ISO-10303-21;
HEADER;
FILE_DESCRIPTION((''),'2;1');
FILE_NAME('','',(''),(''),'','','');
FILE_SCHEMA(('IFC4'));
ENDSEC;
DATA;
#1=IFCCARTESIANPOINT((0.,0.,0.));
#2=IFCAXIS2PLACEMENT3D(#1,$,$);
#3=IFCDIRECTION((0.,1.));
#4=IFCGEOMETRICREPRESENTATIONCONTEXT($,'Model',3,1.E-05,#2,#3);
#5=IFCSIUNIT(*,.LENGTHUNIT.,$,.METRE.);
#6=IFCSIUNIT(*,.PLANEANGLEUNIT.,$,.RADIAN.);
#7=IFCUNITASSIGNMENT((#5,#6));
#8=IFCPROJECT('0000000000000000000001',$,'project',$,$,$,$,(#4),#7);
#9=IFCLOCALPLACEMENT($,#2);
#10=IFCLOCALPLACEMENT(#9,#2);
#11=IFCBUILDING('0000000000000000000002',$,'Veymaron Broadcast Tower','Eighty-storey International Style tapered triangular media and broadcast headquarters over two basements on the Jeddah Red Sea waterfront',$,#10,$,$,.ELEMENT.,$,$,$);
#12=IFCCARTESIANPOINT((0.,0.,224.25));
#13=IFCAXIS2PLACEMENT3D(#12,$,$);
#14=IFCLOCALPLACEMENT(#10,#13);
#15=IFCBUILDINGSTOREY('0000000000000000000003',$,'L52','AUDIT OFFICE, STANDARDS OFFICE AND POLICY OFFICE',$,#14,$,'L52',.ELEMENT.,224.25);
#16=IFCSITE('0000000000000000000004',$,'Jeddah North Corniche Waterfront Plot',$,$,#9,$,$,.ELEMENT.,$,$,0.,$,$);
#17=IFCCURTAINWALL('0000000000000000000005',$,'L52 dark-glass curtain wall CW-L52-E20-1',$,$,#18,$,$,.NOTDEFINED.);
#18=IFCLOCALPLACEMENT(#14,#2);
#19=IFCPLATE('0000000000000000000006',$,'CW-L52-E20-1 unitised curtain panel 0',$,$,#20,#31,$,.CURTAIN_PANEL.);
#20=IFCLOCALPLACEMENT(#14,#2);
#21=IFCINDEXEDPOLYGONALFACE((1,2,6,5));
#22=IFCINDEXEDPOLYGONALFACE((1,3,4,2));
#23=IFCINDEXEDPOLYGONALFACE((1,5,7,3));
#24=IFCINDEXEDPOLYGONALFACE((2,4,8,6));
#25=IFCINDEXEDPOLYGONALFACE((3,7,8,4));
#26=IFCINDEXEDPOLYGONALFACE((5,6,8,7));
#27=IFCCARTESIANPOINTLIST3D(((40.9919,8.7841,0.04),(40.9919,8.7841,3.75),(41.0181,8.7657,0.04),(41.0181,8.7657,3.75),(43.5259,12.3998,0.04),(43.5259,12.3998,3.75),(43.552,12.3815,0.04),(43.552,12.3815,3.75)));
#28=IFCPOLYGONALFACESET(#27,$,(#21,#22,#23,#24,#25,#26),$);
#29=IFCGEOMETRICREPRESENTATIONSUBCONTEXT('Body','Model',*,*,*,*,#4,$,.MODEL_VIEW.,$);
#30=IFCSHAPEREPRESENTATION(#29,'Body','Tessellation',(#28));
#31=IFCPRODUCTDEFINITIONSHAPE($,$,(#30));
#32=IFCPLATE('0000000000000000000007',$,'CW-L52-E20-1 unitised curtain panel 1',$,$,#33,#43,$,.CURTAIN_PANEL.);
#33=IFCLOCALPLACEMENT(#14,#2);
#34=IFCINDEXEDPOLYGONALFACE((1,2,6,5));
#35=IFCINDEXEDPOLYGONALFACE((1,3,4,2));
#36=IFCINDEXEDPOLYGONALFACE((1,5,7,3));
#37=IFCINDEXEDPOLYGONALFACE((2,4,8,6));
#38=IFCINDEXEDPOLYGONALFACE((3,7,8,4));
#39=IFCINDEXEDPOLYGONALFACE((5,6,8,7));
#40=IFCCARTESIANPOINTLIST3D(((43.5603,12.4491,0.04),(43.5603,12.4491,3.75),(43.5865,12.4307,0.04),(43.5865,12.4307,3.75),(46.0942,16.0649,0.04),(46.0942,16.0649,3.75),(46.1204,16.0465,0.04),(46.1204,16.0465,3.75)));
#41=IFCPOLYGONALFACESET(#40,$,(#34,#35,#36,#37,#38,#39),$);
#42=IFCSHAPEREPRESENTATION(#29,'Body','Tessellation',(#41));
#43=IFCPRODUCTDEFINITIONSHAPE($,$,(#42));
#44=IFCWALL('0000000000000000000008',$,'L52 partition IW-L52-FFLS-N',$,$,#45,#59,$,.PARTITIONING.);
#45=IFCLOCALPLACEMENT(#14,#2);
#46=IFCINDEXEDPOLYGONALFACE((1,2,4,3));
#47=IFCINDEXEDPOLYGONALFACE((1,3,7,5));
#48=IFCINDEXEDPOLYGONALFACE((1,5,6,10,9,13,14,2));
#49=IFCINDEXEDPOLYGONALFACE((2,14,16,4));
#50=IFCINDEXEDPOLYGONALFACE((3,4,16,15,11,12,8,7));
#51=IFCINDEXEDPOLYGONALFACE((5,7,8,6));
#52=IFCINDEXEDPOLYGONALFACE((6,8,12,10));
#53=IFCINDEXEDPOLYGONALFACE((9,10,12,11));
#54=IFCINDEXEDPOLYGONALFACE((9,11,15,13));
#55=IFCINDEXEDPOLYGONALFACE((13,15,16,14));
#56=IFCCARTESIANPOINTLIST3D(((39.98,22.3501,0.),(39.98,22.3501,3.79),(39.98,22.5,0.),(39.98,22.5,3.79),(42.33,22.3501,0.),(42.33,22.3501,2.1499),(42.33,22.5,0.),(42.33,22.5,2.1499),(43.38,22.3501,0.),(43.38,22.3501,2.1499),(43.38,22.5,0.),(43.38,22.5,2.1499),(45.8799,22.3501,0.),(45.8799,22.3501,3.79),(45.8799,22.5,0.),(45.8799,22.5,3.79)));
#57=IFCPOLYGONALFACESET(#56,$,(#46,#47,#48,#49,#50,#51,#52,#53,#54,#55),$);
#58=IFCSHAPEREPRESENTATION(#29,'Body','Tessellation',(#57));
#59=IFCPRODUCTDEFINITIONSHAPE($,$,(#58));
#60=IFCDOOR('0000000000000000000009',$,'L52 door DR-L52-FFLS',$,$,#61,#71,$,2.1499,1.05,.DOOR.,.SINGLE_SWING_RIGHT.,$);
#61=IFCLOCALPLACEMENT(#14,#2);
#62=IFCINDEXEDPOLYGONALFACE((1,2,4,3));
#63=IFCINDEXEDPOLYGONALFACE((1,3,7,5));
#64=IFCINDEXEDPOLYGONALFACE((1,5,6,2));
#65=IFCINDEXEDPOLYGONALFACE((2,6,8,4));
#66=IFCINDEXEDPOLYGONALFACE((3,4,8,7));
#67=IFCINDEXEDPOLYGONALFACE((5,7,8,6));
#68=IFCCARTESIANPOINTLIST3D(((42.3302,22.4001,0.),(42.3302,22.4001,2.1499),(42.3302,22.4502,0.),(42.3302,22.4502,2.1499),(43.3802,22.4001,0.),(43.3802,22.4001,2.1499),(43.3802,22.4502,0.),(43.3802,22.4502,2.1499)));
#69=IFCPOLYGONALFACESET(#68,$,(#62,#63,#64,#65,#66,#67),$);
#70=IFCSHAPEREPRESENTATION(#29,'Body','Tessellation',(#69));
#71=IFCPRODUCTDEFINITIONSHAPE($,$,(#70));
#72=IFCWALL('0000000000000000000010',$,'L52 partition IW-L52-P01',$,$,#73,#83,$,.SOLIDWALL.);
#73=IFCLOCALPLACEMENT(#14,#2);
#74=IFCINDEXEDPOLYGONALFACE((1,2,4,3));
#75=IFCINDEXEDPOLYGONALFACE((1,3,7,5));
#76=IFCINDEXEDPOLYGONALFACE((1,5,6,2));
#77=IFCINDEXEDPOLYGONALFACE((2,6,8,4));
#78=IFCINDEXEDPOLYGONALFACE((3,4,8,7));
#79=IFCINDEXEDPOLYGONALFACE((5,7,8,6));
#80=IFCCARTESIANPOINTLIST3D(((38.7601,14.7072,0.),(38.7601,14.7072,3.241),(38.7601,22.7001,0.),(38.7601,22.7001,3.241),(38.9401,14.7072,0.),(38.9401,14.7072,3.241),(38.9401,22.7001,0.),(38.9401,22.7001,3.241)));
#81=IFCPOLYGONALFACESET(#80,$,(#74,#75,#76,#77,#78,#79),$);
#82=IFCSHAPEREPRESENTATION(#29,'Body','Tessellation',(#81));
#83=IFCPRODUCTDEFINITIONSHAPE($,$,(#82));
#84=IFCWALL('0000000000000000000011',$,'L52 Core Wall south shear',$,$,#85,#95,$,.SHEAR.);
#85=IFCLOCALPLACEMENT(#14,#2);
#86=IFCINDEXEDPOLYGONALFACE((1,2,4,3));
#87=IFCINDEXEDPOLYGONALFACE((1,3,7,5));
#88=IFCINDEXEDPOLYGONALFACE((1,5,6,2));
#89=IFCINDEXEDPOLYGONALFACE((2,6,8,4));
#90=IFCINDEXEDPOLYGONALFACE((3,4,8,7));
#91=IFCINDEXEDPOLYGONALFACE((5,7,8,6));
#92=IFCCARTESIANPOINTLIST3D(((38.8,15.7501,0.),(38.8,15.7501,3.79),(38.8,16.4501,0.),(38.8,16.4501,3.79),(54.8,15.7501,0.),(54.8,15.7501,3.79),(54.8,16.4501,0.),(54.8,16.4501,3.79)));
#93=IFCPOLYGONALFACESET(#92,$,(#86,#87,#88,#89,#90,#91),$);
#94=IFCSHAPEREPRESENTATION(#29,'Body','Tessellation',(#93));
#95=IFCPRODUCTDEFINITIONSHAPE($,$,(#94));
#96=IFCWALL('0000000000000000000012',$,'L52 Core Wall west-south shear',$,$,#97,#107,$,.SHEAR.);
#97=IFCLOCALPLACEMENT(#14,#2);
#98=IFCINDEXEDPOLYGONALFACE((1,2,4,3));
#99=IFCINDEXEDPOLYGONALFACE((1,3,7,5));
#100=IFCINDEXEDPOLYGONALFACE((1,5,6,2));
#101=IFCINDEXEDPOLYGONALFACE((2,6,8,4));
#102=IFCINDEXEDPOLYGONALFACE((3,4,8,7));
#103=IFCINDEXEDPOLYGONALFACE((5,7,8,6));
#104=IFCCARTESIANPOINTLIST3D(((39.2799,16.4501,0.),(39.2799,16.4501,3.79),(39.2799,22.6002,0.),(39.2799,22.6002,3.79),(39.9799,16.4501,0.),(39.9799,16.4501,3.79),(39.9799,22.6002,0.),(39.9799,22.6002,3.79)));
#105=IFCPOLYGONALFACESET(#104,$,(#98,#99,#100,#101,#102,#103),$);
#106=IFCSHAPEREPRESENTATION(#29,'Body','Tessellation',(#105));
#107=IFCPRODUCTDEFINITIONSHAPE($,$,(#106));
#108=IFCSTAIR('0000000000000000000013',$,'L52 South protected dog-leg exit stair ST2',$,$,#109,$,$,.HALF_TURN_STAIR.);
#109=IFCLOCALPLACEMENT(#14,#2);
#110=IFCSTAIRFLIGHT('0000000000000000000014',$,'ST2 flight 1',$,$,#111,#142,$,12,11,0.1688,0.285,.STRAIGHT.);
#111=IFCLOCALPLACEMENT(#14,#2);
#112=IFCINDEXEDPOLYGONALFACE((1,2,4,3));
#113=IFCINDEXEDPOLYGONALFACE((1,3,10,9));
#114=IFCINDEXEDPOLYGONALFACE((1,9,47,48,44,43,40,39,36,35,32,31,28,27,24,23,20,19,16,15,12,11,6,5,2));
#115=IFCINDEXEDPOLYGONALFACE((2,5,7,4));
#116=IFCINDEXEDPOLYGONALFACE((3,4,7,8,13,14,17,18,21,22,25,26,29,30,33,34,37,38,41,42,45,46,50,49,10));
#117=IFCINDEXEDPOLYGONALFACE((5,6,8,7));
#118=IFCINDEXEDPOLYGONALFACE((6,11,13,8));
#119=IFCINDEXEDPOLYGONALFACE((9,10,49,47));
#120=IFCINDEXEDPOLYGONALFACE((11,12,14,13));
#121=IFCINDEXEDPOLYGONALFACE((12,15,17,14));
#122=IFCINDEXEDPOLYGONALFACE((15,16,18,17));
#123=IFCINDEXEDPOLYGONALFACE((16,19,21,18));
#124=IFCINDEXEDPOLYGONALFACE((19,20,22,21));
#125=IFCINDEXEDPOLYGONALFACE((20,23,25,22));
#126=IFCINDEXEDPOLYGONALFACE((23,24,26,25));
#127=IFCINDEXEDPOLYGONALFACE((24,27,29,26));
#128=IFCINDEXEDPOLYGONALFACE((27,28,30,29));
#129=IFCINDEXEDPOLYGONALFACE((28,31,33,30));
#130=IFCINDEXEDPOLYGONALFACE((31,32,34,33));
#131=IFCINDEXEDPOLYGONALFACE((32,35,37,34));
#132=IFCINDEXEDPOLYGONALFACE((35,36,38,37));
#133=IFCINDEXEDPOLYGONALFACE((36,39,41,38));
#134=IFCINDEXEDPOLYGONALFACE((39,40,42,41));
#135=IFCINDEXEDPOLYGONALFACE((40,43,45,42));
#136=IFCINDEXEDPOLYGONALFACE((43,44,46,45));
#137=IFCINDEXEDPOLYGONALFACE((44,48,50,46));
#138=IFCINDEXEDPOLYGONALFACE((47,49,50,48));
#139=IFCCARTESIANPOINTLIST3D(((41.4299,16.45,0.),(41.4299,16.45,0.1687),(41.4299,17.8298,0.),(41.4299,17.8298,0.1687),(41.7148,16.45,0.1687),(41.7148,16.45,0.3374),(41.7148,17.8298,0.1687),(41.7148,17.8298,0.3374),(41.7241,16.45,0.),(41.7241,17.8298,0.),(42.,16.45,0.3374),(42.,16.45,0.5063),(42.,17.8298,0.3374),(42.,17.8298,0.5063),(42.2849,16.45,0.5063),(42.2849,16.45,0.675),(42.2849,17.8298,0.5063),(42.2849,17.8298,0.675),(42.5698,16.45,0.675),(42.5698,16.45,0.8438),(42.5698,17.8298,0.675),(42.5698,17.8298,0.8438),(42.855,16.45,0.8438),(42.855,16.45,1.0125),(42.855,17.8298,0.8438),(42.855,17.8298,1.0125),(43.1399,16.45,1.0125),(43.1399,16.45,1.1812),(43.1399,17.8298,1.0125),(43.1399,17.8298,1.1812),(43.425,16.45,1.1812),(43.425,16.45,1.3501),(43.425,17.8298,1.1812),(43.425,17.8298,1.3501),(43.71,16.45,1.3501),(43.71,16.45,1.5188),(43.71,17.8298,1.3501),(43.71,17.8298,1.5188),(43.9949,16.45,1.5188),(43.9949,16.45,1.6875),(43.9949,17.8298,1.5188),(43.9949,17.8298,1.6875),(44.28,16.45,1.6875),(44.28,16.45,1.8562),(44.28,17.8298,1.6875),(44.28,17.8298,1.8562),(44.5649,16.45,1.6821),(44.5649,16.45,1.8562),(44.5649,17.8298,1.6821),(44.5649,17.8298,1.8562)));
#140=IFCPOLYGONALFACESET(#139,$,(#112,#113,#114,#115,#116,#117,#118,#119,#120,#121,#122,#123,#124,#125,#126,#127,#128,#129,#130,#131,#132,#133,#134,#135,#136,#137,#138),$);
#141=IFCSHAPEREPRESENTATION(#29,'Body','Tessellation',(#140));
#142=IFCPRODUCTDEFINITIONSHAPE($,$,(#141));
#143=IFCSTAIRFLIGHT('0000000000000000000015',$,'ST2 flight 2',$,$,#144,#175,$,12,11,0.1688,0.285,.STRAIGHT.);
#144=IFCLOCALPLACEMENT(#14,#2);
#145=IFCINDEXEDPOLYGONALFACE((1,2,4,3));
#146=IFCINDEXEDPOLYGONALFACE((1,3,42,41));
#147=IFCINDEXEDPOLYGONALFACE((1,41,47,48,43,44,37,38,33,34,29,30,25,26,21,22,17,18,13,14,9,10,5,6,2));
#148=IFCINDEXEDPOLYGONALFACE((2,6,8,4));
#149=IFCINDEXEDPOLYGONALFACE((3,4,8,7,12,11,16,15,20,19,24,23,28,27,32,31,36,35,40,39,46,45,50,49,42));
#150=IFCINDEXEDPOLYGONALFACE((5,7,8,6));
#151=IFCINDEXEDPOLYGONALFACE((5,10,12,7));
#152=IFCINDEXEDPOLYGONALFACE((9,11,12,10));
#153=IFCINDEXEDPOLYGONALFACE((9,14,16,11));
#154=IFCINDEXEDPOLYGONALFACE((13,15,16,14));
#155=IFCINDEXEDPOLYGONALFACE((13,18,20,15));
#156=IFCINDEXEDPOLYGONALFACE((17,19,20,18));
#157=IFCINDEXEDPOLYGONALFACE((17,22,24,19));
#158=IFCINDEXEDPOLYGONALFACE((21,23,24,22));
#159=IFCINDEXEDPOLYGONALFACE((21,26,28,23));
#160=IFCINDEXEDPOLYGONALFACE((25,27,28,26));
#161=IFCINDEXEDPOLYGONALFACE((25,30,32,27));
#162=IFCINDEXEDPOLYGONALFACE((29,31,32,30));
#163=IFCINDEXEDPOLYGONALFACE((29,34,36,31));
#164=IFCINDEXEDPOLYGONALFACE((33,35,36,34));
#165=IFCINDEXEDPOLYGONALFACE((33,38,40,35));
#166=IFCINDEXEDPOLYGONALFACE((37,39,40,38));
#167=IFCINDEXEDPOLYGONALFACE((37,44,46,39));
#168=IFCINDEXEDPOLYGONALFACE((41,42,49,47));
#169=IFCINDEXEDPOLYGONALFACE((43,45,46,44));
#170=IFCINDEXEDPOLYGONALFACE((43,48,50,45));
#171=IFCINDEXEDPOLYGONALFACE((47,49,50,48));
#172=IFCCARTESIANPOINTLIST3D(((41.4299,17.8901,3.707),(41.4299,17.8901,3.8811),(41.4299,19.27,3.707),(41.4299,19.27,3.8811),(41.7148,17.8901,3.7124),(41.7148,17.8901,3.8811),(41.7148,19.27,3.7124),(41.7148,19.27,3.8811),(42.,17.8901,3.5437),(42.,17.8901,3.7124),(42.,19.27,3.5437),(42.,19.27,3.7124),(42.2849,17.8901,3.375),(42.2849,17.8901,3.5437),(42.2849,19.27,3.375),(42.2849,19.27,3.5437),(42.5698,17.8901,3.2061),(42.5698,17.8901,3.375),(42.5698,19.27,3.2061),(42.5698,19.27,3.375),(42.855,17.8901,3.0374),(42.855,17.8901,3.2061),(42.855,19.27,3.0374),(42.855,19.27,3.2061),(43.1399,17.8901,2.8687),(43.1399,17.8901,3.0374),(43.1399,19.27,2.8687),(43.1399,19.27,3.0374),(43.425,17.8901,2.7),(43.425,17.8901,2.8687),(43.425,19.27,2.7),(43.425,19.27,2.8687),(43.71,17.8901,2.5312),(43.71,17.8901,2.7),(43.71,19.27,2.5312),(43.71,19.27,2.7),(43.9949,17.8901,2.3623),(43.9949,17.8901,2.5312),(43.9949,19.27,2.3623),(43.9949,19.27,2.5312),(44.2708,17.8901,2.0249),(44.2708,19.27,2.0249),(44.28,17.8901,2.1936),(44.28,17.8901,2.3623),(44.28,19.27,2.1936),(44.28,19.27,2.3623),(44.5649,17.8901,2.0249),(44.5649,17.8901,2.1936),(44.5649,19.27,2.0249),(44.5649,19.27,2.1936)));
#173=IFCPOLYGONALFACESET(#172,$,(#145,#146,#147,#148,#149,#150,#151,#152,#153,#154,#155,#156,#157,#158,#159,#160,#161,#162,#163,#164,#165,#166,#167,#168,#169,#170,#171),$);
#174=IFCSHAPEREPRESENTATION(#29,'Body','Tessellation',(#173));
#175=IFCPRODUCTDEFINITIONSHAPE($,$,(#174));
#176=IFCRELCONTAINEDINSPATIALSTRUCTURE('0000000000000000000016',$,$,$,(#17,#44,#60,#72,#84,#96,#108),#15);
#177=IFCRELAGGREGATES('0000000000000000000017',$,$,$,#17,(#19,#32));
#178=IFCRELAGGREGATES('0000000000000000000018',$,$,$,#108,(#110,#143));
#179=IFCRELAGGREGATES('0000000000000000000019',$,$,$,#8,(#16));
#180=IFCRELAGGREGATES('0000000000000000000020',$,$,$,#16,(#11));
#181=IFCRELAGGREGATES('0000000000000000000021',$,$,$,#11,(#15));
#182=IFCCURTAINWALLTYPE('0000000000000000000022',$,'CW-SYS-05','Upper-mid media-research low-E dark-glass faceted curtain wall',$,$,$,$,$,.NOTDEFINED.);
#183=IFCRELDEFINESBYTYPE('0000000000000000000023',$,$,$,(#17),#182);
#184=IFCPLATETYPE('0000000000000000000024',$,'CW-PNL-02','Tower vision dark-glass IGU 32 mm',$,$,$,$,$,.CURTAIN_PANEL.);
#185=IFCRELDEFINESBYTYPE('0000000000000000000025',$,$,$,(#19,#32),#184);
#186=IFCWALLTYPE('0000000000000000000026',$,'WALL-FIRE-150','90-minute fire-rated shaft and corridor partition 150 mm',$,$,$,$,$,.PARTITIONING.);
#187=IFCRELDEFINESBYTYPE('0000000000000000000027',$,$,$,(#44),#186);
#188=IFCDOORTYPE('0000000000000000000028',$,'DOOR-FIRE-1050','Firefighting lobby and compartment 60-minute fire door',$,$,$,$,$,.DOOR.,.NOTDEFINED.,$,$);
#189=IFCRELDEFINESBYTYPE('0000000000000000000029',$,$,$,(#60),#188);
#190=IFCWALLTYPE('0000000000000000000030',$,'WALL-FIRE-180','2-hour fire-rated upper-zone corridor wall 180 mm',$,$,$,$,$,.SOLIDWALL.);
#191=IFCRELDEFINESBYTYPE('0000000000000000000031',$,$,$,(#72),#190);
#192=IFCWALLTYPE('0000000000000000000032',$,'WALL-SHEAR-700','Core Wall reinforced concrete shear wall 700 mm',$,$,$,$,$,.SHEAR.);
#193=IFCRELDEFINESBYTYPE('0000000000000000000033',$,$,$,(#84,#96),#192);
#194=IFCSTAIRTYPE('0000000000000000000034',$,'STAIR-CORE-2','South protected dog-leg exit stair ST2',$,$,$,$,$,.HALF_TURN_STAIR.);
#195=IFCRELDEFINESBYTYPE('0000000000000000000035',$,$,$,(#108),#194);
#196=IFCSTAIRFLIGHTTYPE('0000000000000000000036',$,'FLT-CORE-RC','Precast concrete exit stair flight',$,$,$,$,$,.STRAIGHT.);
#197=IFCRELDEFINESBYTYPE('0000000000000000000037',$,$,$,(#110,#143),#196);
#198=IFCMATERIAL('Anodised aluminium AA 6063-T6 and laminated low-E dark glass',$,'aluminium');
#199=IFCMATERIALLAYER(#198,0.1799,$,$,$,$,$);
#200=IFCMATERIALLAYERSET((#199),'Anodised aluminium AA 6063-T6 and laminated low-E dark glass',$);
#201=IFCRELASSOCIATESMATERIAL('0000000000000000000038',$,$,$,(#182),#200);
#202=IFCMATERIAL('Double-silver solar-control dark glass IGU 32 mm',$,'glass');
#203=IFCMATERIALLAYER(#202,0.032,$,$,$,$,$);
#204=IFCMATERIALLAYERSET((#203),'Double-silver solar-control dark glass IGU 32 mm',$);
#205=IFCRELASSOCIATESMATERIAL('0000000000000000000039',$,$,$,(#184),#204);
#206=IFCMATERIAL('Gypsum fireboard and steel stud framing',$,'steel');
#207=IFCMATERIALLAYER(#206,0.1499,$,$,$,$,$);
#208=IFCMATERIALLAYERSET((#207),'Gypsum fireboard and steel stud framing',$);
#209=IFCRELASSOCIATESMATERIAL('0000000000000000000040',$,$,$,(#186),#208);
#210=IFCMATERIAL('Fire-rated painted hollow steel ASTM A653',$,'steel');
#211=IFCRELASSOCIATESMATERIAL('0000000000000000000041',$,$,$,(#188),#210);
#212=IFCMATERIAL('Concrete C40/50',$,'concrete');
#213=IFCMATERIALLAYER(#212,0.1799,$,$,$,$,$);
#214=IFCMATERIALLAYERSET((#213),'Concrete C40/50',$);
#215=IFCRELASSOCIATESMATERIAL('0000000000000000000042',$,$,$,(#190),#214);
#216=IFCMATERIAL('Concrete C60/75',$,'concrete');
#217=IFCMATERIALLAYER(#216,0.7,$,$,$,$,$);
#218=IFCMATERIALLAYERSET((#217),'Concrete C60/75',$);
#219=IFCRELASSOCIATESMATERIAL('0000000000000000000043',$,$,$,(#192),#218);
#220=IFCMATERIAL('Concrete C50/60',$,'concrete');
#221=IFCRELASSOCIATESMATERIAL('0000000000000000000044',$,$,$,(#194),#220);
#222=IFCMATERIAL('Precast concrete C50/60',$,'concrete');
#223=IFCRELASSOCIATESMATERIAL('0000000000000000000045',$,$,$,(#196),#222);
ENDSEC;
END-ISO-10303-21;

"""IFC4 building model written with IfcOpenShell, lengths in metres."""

from ifc_helpers import new_model, si_unit, direction, frame, frame_2d, origin, origin_2d, place, context, subcontext, project, spatial, polyline, rectangle, outline, extrude, material, layer, layer_set, type_object, element, fill, aggregate, save


model = new_model("IFC4")

# Units and contexts
model_context = context("Model", 3, precision=1e-05, world=origin(), true_north=direction((0.0, 1.0)))
body_context = subcontext(model_context, "Body", "Model", "MODEL_VIEW")
ifc_project = project(units=[si_unit("LENGTHUNIT", "METRE"), si_unit("PLANEANGLEUNIT", "RADIAN")], contexts=[model_context])

# Site, building, storey
site_placement = place(None, origin())
site = spatial("IfcSite", under=ifc_project, at=site_placement, Name="Jeddah North Corniche Waterfront Plot", CompositionType="ELEMENT", RefElevation=0.0)
building_placement = place(site_placement, origin())
building = spatial("IfcBuilding", under=site, at=building_placement, Name="Veymaron Broadcast Tower", Description="Eighty-storey International Style tapered triangular media and broadcast headquarters over two basements on the Jeddah Red Sea waterfront", CompositionType="ELEMENT")
storey_placement = place(building_placement, frame((0.0, 0.0, 224.25)))
storey = spatial("IfcBuildingStorey", under=building, at=storey_placement, Name="L52", Description="AUDIT OFFICE, STANDARDS OFFICE AND POLICY OFFICE", LongName="L52", CompositionType="ELEMENT", Elevation=224.25)

# Shared definitions
ifc_material_1 = material(Name="Concrete C60/75", Category="concrete")

# Curtain wall, plates
ifc_material_2 = material(Name="Anodised aluminium AA 6063-T6 and laminated low-E dark glass", Category="aluminium")
ifc_layer_1 = layer(ifc_material_2, 0.1799)
ifc_layer_set_1 = layer_set([ifc_layer_1], Name="Anodised aluminium AA 6063-T6 and laminated low-E dark glass")
curtain_wall_type = type_object("IfcCurtainWallType", Name="CW-SYS-05", Description="Upper-mid media-research low-E dark-glass faceted curtain wall", PredefinedType="NOTDEFINED", material=ifc_layer_set_1)
curtain_wall_placement = place(storey_placement, origin())
curtain_wall = element("IfcCurtainWall", 1, at=curtain_wall_placement, inside=storey, type_object=curtain_wall_type, Name="L52 dark-glass curtain wall CW-L52-E20-1", PredefinedType="NOTDEFINED")
ifc_material_3 = material(Name="Double-silver solar-control dark glass IGU 32 mm", Category="glass")
ifc_layer_2 = layer(ifc_material_3, 0.032)
ifc_layer_set_2 = layer_set([ifc_layer_2], Name="Double-silver solar-control dark glass IGU 32 mm")
plate_type = type_object("IfcPlateType", Name="CW-PNL-02", Description="Tower vision dark-glass IGU 32 mm", PredefinedType="CURTAIN_PANEL", material=ifc_layer_set_2)
plate_1_placement = place(storey_placement, frame((42.272, 10.5828, 0.04), z_axis=(0.0, 0.0, 1.0), x_axis=(0.573905, 0.818922, 0.0)))
plate_1 = element("IfcPlate", 2, at=plate_1_placement, type_object=plate_type, Name="CW-L52-E20-1 unitised curtain panel 0", PredefinedType="CURTAIN_PANEL", context=body_context, shape_type="SweptSolid", body=[
    extrude(rectangle(XDim=4.4153, YDim=0.032, at=origin_2d()), origin(), (0.0, 0.0, 1.0), 3.71),
])
plate_2_placement = place(storey_placement, frame((44.8403, 14.2478, 0.04), z_axis=(0.0, 0.0, 1.0), x_axis=(0.573905, 0.818922, 0.0)))
plate_2 = element("IfcPlate", 3, at=plate_2_placement, type_object=plate_type, Name="CW-L52-E20-1 unitised curtain panel 1", PredefinedType="CURTAIN_PANEL", context=body_context, shape_type="SweptSolid", body=[
    extrude(rectangle(XDim=4.4153, YDim=0.032, at=origin_2d()), origin(), (0.0, 0.0, 1.0), 3.71),
])
aggregate(curtain_wall, [plate_1, plate_2])

# Wall, opening, door
ifc_material_4 = material(Name="Gypsum fireboard and steel stud framing", Category="steel")
ifc_layer_3 = layer(ifc_material_4, 0.1499)
ifc_layer_set_3 = layer_set([ifc_layer_3], Name="Gypsum fireboard and steel stud framing")
wall_type_1 = type_object("IfcWallType", Name="WALL-FIRE-150", Description="90-minute fire-rated shaft and corridor partition 150 mm", PredefinedType="PARTITIONING", material=ifc_layer_set_3)
wall_1_placement = place(storey_placement, frame((39.98, 22.425, 0.0), z_axis=(0.0, 0.0, 1.0), x_axis=(1.0, 0.0, 0.0)))
wall_1 = element("IfcWall", 4, at=wall_1_placement, inside=storey, type_object=wall_type_1, Name="L52 partition IW-L52-FFLS-N", PredefinedType="PARTITIONING", context=body_context, shape_type="SweptSolid", body=[
    extrude(rectangle(XDim=5.8999, YDim=0.1499, at=frame_2d((2.95, 0.0))), origin(), (0.0, 0.0, 1.0), 3.79),
])
opening_1_placement = place(wall_1_placement, frame((2.3501, 0.0, 0.0)))
opening_1 = element("IfcOpeningElement", 5, at=opening_1_placement, cuts=wall_1, PredefinedType="OPENING", context=body_context, shape_type="SweptSolid", body=[
    extrude(rectangle(XDim=1.05, YDim=2.1499, at=frame_2d((0.5249, 1.075))), frame((0.0, 0.085, 0.0), z_axis=(0.0, -1.0, 0.0), x_axis=(1.0, 0.0, 0.0)), (0.0, 0.0, 1.0), 0.1699),
])
ifc_material_5 = material(Name="Fire-rated painted hollow steel ASTM A653", Category="steel")
door_type_1 = type_object("IfcDoorType", Name="DOOR-FIRE-1050", Description="Firefighting lobby and compartment 60-minute fire door", OperationType="NOTDEFINED", PredefinedType="DOOR", material=ifc_material_5)
door_1_placement = place(opening_1_placement, frame((1.05, 0.0, 0.0), z_axis=(0.0, 0.0, 1.0), x_axis=(-1.0, 0.0, 0.0)))
door_1 = element("IfcDoor", 6, at=door_1_placement, inside=storey, type_object=door_type_1, Name="L52 door DR-L52-FFLS", OperationType="SINGLE_SWING_RIGHT", OverallHeight=2.1499, OverallWidth=1.05, PredefinedType="DOOR", context=body_context, shape_type="SweptSolid", body=[
    extrude(rectangle(XDim=1.05, YDim=2.1499, at=frame_2d((0.5249, 1.075))), frame((0.0, 0.0249, 0.0), z_axis=(0.0, -1.0, 0.0), x_axis=(1.0, 0.0, 0.0)), (0.0, 0.0, 1.0), 0.05),
])
fill(opening_1, door_1)

# Wall
ifc_material_6 = material(Name="Concrete C40/50", Category="concrete")
ifc_layer_4 = layer(ifc_material_6, 0.1799)
ifc_layer_set_4 = layer_set([ifc_layer_4], Name="Concrete C40/50")
wall_type_2 = type_object("IfcWallType", Name="WALL-FIRE-180", Description="2-hour fire-rated upper-zone corridor wall 180 mm", PredefinedType="SOLIDWALL", material=ifc_layer_set_4)
wall_2_placement = place(storey_placement, frame((38.8501, 14.707, 0.0), z_axis=(0.0, 0.0, 1.0), x_axis=(0.0, 1.0, 0.0)))
element("IfcWall", 7, at=wall_2_placement, inside=storey, type_object=wall_type_2, Name="L52 partition IW-L52-P01", PredefinedType="SOLIDWALL", context=body_context, shape_type="SweptSolid", body=[
    extrude(rectangle(XDim=7.9929, YDim=0.1799, at=frame_2d((3.9966, 0.0))), origin(), (0.0, 0.0, 1.0), 3.241),
])

# Shared definitions
ifc_material_7 = material(Name="Concrete C50/60", Category="concrete")

# Walls
ifc_layer_5 = layer(ifc_material_1, 0.7)
ifc_layer_set_5 = layer_set([ifc_layer_5], Name="Concrete C60/75")
wall_type_3 = type_object("IfcWallType", Name="WALL-SHEAR-700", Description="Core Wall reinforced concrete shear wall 700 mm", PredefinedType="SHEAR", material=ifc_layer_set_5)
wall_3_placement = place(storey_placement, frame((38.8, 16.1001, 0.0), z_axis=(0.0, 0.0, 1.0), x_axis=(1.0, 0.0, 0.0)))
element("IfcWall", 8, at=wall_3_placement, inside=storey, type_object=wall_type_3, Name="L52 Core Wall south shear", PredefinedType="SHEAR", context=body_context, shape_type="SweptSolid", body=[
    extrude(rectangle(XDim=16.0, YDim=0.7, at=frame_2d((8.0, 0.0))), origin(), (0.0, 0.0, 1.0), 3.79),
])
wall_4_placement = place(storey_placement, frame((39.6299, 16.45, 0.0), z_axis=(0.0, 0.0, 1.0), x_axis=(0.0, 1.0, 0.0)))
element("IfcWall", 9, at=wall_4_placement, inside=storey, type_object=wall_type_3, Name="L52 Core Wall west-south shear", PredefinedType="SHEAR", context=body_context, shape_type="SweptSolid", body=[
    extrude(rectangle(XDim=6.1501, YDim=0.7, at=frame_2d((3.0752, 0.0))), origin(), (0.0, 0.0, 1.0), 3.79),
])

# Stair, stair flights
stair_type = type_object("IfcStairType", Name="STAIR-CORE-2", Description="South protected dog-leg exit stair ST2", PredefinedType="HALF_TURN_STAIR", material=ifc_material_7)
stair_placement = place(storey_placement, origin())
stair = element("IfcStair", 10, at=stair_placement, inside=storey, type_object=stair_type, Name="L52 South protected dog-leg exit stair ST2", PredefinedType="HALF_TURN_STAIR")
ifc_material_8 = material(Name="Precast concrete C50/60", Category="concrete")
stair_flight_type = type_object("IfcStairFlightType", Name="FLT-CORE-RC", Description="Precast concrete exit stair flight", PredefinedType="STRAIGHT", material=ifc_material_8)
stair_flight_1_placement = place(storey_placement, frame((41.4299, 17.1399, 0.0), z_axis=(0.0, 0.0, 1.0), x_axis=(1.0, 0.0, 0.0)))
stair_flight_1 = element("IfcStairFlight", 11, at=stair_flight_1_placement, type_object=stair_flight_type, Name="ST2 flight 1", NumberOfRisers=12, NumberOfTreads=11, PredefinedType="STRAIGHT", RiserHeight=0.1688, TreadLength=0.285, context=body_context, shape_type="SweptSolid", body=[
    extrude(outline(polyline([(0.0, 0.0), (0.0, 0.1687), (0.2849, 0.1687), (0.2849, 0.3374), (0.5701, 0.3374), (0.5701, 0.5063), (0.855, 0.5063), (0.855, 0.675), (1.1399, 0.675), (1.1399, 0.8438), (1.425, 0.8438), (1.425, 1.0125), (1.71, 1.0125), (1.71, 1.1812), (1.9951, 1.1812), (1.9951, 1.3501), (2.28, 1.3501), (2.28, 1.5188), (2.5649, 1.5188), (2.5649, 1.6875), (2.8501, 1.6875), (2.8501, 1.8562), (3.135, 1.8562), (3.135, 2.0249), (3.135, 1.6821), (0.2942, 0.0), (0.0, 0.0)])), frame((0.0, 0.6899, 0.0), z_axis=(0.0, -1.0, 0.0), x_axis=(1.0, 0.0, 0.0)), (0.0, 0.0, 1.0), 1.3799),
])
stair_flight_2_placement = place(storey_placement, frame((44.5649, 18.5801, 2.0249), z_axis=(0.0, 0.0, 1.0), x_axis=(-1.0, 0.0, 0.0)))
stair_flight_2 = element("IfcStairFlight", 12, at=stair_flight_2_placement, type_object=stair_flight_type, Name="ST2 flight 2", NumberOfRisers=12, NumberOfTreads=11, PredefinedType="STRAIGHT", RiserHeight=0.1688, TreadLength=0.285, context=body_context, shape_type="SweptSolid", body=[
    extrude(outline(polyline([(0.0, 0.0), (0.0, 0.1687), (0.2849, 0.1687), (0.2849, 0.3374), (0.5701, 0.3374), (0.5701, 0.5063), (0.855, 0.5063), (0.855, 0.675), (1.1399, 0.675), (1.1399, 0.8438), (1.425, 0.8438), (1.425, 1.0125), (1.71, 1.0125), (1.71, 1.1812), (1.9951, 1.1812), (1.9951, 1.3501), (2.28, 1.3501), (2.28, 1.5188), (2.5649, 1.5188), (2.5649, 1.6875), (2.8501, 1.6875), (2.8501, 1.8562), (3.135, 1.8562), (3.135, 2.0249), (3.135, 1.6821), (0.2942, 0.0), (0.0, 0.0)])), frame((0.0, 0.6899, 0.0), z_axis=(0.0, -1.0, 0.0), x_axis=(1.0, 0.0, 0.0)), (0.0, 0.0, 1.0), 1.3799),
])
aggregate(stair, [stair_flight_1, stair_flight_2])

save(model, "model.ifc")
